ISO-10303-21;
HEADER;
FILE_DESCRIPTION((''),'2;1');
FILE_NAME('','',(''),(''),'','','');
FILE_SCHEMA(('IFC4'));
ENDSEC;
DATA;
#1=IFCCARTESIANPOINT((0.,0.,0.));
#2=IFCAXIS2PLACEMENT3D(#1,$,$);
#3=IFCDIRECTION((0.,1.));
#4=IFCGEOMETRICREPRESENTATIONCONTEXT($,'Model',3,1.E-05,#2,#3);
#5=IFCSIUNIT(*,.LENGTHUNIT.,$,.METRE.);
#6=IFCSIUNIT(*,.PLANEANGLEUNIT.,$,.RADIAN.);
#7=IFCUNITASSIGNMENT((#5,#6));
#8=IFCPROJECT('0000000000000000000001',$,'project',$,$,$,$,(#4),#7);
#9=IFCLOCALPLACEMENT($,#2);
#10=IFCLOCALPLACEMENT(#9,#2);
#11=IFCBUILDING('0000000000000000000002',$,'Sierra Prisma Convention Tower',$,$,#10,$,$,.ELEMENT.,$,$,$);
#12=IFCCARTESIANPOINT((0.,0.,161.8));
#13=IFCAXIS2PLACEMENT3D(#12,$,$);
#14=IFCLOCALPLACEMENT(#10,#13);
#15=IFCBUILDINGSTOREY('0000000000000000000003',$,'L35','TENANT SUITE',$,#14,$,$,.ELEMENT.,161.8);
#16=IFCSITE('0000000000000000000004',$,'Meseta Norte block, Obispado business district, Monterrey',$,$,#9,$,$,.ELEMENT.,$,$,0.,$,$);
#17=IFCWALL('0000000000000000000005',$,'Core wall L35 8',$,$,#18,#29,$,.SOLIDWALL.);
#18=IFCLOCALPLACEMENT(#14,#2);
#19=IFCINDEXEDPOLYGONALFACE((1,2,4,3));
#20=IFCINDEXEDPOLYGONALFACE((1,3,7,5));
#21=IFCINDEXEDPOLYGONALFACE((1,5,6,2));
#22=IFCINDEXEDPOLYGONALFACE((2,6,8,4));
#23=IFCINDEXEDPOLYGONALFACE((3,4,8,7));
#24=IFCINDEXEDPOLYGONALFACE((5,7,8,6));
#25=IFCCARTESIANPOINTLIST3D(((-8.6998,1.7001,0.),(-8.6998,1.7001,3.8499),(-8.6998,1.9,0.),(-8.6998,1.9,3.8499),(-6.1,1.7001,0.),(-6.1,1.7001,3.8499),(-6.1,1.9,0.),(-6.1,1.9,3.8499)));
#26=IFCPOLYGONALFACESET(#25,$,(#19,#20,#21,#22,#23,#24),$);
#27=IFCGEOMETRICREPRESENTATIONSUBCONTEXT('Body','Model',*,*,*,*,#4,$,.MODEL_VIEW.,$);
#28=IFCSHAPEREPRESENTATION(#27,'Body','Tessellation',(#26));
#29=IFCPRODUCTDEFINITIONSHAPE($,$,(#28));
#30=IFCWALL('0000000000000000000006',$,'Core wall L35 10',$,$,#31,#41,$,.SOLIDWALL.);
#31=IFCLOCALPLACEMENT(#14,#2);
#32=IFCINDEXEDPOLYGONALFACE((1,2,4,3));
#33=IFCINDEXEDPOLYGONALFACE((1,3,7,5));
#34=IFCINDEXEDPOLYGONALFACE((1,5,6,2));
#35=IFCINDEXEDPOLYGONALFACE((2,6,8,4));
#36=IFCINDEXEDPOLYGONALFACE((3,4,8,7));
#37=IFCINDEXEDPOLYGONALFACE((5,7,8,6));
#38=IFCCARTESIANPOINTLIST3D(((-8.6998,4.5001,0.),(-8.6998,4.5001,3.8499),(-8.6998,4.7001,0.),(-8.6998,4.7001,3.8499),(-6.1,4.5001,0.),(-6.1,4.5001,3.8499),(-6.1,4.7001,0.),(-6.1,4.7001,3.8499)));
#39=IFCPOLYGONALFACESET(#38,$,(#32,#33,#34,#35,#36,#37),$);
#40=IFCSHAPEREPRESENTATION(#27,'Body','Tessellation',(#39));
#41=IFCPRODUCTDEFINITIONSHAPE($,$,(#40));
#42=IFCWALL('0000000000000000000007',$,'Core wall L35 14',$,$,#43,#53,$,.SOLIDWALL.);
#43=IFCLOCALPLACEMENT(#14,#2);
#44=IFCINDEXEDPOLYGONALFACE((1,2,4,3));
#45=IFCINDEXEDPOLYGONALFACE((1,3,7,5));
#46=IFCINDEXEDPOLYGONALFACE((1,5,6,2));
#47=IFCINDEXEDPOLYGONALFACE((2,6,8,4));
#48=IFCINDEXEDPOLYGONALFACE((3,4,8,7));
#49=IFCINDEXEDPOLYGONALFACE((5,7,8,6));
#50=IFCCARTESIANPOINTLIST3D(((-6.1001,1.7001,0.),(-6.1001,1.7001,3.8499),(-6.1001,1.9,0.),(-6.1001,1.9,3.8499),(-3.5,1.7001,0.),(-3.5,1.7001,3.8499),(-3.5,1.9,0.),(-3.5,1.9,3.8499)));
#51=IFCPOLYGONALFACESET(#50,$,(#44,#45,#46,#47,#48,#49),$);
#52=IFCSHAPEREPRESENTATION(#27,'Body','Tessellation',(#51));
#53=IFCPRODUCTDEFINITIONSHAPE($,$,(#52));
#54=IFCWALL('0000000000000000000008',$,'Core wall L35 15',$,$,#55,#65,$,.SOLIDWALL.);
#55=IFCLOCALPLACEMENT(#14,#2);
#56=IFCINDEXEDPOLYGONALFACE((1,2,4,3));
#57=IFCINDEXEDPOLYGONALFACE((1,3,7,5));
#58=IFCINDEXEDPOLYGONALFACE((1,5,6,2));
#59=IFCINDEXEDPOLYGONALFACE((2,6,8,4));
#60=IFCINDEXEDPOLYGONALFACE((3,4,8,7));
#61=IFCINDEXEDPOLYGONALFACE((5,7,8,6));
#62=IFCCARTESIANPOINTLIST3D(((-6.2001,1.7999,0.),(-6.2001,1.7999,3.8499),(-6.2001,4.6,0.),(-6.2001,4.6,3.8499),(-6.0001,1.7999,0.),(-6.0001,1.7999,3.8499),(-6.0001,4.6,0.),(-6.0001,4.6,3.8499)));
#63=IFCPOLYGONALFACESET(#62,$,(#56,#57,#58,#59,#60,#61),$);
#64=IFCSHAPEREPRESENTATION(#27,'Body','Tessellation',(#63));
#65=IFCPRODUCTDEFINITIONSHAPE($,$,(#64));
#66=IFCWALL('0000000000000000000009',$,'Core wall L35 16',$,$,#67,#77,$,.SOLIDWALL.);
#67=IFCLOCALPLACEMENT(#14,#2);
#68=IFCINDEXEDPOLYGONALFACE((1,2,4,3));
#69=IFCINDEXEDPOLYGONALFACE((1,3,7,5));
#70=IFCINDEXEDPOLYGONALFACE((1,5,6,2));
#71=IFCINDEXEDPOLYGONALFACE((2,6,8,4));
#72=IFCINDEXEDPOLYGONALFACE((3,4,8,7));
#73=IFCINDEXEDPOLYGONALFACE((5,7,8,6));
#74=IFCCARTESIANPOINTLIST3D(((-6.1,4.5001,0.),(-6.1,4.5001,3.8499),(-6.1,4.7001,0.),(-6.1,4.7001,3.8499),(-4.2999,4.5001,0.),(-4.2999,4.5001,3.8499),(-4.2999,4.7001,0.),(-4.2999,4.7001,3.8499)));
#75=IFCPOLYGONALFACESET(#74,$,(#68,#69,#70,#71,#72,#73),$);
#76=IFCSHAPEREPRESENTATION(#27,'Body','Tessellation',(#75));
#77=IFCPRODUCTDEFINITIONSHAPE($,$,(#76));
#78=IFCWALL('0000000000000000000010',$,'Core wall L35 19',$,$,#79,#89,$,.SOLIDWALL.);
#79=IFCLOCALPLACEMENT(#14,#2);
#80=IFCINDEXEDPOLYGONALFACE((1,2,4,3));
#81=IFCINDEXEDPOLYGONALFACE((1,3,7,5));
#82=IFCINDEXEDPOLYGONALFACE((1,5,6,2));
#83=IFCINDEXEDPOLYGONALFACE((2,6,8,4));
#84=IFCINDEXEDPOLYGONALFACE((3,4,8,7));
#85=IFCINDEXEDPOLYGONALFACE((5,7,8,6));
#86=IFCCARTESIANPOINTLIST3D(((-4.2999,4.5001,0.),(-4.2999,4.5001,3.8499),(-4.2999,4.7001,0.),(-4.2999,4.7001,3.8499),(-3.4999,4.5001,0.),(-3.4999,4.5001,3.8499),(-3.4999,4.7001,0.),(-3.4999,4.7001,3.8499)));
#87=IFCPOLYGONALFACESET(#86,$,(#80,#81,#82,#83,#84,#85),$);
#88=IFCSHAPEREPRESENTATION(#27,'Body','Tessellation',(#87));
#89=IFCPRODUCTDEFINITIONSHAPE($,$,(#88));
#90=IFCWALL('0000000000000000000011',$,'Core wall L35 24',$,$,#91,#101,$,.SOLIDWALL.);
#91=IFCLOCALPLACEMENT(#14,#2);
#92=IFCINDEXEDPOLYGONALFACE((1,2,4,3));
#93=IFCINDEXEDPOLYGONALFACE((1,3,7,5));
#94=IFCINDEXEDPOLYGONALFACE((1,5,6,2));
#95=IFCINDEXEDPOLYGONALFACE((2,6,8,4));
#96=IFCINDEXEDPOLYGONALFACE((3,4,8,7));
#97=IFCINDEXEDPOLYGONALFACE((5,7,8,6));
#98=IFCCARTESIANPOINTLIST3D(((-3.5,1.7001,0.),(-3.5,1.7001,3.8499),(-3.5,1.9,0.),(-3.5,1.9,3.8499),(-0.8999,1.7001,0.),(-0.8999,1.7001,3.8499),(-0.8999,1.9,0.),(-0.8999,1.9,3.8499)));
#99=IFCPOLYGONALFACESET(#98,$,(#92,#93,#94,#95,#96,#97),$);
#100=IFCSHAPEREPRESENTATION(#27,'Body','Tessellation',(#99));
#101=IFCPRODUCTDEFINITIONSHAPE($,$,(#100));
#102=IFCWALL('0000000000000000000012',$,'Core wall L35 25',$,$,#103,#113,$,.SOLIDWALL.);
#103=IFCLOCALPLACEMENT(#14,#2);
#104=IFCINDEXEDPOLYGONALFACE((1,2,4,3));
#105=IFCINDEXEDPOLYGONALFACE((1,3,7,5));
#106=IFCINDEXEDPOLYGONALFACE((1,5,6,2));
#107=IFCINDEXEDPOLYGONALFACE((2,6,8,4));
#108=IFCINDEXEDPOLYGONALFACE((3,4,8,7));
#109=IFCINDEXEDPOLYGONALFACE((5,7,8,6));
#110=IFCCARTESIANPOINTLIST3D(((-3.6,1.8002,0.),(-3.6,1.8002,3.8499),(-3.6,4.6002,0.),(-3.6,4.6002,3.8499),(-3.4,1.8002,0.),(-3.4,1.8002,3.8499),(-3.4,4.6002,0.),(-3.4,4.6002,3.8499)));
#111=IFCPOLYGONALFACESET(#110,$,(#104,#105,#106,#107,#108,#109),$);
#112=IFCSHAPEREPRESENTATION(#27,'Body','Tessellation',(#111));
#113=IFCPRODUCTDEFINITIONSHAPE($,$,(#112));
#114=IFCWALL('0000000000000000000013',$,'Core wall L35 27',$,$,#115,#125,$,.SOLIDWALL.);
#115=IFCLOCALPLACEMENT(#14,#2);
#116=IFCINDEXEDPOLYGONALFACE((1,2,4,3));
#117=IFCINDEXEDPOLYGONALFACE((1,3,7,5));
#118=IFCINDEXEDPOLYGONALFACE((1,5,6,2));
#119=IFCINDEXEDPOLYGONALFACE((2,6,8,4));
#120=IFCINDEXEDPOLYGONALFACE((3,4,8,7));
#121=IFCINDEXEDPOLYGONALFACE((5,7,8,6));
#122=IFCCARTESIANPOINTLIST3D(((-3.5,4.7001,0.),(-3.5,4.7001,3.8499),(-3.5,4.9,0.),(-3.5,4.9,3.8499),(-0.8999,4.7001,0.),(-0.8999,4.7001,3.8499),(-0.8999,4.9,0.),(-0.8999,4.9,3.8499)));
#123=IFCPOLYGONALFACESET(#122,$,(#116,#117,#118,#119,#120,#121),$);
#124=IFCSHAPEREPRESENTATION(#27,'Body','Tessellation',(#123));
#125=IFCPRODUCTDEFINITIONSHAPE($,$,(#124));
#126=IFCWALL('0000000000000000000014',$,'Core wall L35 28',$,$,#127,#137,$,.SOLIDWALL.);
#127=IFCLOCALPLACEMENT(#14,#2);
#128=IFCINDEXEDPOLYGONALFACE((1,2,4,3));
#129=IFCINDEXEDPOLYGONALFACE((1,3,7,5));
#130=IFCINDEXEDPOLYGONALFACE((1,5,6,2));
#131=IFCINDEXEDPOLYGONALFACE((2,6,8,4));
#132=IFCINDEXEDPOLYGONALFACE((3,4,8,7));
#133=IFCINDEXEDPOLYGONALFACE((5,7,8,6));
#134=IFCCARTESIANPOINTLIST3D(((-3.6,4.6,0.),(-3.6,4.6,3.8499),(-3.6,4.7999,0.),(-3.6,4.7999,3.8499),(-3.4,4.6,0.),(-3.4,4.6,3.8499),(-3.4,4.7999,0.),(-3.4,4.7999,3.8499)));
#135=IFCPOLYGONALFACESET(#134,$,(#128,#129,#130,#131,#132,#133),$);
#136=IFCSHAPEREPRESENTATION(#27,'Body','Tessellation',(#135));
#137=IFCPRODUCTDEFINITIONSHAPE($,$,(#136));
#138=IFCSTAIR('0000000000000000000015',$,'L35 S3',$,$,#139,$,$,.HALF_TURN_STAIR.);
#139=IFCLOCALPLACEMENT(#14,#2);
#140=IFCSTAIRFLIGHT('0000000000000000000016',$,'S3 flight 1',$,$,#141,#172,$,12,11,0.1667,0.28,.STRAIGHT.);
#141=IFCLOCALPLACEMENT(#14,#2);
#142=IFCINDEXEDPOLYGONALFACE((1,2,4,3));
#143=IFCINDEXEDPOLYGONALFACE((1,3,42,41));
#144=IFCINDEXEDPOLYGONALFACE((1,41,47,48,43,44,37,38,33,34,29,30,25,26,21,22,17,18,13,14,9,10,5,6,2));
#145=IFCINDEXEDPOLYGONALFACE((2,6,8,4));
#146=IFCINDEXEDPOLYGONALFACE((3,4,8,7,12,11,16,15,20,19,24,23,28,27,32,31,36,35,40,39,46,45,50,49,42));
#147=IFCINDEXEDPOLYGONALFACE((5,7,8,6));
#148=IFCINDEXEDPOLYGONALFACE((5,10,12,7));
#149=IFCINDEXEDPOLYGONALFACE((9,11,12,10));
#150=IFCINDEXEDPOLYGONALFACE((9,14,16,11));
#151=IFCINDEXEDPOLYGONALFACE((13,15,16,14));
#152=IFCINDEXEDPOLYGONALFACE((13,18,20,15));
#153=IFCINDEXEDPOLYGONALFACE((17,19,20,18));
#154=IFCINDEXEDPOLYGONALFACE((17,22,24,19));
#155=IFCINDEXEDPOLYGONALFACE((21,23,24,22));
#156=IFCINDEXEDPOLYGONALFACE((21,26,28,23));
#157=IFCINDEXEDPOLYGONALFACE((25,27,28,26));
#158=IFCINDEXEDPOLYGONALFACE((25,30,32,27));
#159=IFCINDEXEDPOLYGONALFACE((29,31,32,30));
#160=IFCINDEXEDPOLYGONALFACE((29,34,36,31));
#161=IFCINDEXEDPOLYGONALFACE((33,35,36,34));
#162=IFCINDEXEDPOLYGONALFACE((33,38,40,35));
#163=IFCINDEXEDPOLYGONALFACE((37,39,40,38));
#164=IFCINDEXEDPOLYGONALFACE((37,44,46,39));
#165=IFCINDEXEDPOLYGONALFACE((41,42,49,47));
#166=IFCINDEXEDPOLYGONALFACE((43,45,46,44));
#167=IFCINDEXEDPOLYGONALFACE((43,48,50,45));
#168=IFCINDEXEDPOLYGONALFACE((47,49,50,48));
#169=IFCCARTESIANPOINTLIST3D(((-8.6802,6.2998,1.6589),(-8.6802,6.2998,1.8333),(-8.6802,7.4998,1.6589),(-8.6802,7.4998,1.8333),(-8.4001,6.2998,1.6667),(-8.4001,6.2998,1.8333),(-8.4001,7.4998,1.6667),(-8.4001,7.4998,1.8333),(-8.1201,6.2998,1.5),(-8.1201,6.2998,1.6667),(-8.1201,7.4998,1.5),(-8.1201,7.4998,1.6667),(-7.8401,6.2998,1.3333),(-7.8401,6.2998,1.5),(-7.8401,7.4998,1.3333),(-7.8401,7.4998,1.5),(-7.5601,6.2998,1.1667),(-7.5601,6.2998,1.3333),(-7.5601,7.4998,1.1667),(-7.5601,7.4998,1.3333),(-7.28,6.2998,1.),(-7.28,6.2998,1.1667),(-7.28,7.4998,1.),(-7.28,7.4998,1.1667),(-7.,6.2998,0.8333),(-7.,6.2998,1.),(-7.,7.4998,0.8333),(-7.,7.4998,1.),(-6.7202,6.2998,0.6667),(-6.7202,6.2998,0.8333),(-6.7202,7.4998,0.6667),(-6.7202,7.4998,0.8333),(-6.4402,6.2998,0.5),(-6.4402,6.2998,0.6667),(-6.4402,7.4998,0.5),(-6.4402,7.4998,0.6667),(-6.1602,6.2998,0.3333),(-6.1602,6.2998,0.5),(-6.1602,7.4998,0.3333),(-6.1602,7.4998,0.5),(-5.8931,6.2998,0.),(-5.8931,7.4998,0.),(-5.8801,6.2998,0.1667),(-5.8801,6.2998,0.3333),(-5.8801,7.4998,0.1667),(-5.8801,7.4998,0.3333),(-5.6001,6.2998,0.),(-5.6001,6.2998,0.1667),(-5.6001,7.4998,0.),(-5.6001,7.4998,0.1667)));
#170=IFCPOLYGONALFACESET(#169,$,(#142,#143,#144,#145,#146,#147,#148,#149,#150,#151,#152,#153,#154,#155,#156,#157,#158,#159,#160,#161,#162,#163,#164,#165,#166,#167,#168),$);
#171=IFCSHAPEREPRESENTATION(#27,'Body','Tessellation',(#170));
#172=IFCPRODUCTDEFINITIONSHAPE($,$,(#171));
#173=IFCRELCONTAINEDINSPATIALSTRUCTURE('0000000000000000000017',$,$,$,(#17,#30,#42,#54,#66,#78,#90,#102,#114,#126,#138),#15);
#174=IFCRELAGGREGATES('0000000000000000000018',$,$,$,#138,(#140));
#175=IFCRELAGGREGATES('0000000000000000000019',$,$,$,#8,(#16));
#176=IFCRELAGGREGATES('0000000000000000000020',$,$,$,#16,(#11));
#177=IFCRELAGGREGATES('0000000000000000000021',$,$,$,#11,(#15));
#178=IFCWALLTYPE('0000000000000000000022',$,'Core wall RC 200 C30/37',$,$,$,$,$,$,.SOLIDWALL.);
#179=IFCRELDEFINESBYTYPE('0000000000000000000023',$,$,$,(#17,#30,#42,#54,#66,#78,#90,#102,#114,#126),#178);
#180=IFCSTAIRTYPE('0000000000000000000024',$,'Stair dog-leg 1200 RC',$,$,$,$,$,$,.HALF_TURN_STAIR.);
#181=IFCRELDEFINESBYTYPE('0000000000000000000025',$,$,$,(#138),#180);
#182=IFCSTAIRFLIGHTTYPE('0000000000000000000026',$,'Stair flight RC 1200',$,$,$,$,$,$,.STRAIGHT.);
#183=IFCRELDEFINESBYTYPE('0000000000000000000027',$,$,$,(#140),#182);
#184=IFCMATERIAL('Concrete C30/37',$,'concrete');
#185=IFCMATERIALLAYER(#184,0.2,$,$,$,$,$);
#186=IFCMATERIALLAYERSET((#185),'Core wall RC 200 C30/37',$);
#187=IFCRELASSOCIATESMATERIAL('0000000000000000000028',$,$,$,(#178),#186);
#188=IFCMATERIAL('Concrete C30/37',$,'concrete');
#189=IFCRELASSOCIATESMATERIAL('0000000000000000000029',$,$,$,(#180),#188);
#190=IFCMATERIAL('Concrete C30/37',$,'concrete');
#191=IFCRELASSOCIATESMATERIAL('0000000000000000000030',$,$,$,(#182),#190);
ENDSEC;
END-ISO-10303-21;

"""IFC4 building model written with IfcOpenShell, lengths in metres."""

from ifc_helpers import new_model, si_unit, direction, frame, frame_2d, origin, place, context, subcontext, project, spatial, polyline, rectangle, outline, extrude, material, layer, layer_set, type_object, element, aggregate, save


model = new_model("IFC4")

# Units and contexts
model_context = context("Model", 3, precision=1e-05, world=origin(), true_north=direction((0.0, 1.0)))
body_context = subcontext(model_context, "Body", "Model", "MODEL_VIEW")
ifc_project = project(units=[si_unit("LENGTHUNIT", "METRE"), si_unit("PLANEANGLEUNIT", "RADIAN")], contexts=[model_context])

# Site, building, storey
site_placement = place(None, origin())
site = spatial("IfcSite", under=ifc_project, at=site_placement, Name="Meseta Norte block, Obispado business district, Monterrey", CompositionType="ELEMENT", RefElevation=0.0)
building_placement = place(site_placement, origin())
building = spatial("IfcBuilding", under=site, at=building_placement, Name="Sierra Prisma Convention Tower", CompositionType="ELEMENT")
storey_placement = place(building_placement, frame((0.0, 0.0, 161.8)))
storey = spatial("IfcBuildingStorey", under=building, at=storey_placement, Name="L35", Description="TENANT SUITE", CompositionType="ELEMENT", Elevation=161.8)

# Walls
ifc_material_1 = material(Name="Concrete C30/37", Category="concrete")
ifc_layer_1 = layer(ifc_material_1, 0.2)
ifc_layer_set_1 = layer_set([ifc_layer_1], Name="Core wall RC 200 C30/37")
wall_type = type_object("IfcWallType", Name="Core wall RC 200 C30/37", PredefinedType="SOLIDWALL", material=ifc_layer_set_1)
for number, where, z_axis, x_axis, name in (
    (1, (-6.1001, 1.8, 0.0), (0.0, 0.0, 1.0), (-1.0, 0.0, 0.0), "Core wall L35 8"),
    (2, (-6.1001, 4.6001, 0.0), (0.0, 0.0, 1.0), (-1.0, 0.0, 0.0), "Core wall L35 10"),
):
    element("IfcWall", number, at=place(storey_placement, frame(where, z_axis=z_axis, x_axis=x_axis)), inside=storey, type_object=wall_type, Name=name, PredefinedType="SOLIDWALL", context=body_context, shape_type="SweptSolid", body=[
        extrude(rectangle(XDim=2.5999, YDim=0.2, at=frame_2d((1.2998, 0.0))), origin(), (0.0, 0.0, 1.0), 3.8499),
    ])
wall_1_placement = place(storey_placement, frame((-3.5, 1.8, 0.0), z_axis=(0.0, 0.0, 1.0), x_axis=(-1.0, 0.0, 0.0)))
element("IfcWall", 3, at=wall_1_placement, inside=storey, type_object=wall_type, Name="Core wall L35 14", PredefinedType="SOLIDWALL", context=body_context, shape_type="SweptSolid", body=[
    extrude(rectangle(XDim=2.6001, YDim=0.2, at=frame_2d((1.3, 0.0))), origin(), (0.0, 0.0, 1.0), 3.8499),
])
wall_2_placement = place(storey_placement, frame((-6.1001, 1.8, 0.0), z_axis=(0.0, 0.0, 1.0), x_axis=(0.0, 1.0, 0.0)))
element("IfcWall", 4, at=wall_2_placement, inside=storey, type_object=wall_type, Name="Core wall L35 15", PredefinedType="SOLIDWALL", context=body_context, shape_type="SweptSolid", body=[
    extrude(rectangle(XDim=2.8, YDim=0.2, at=frame_2d((1.3999, 0.0))), origin(), (0.0, 0.0, 1.0), 3.8499),
])
wall_3_placement = place(storey_placement, frame((-4.3, 4.6001, 0.0), z_axis=(0.0, 0.0, 1.0), x_axis=(-1.0, 0.0, 0.0)))
element("IfcWall", 5, at=wall_3_placement, inside=storey, type_object=wall_type, Name="Core wall L35 16", PredefinedType="SOLIDWALL", context=body_context, shape_type="SweptSolid", body=[
    extrude(rectangle(XDim=1.8, YDim=0.2, at=frame_2d((0.8999, 0.0))), origin(), (0.0, 0.0, 1.0), 3.8499),
])
wall_4_placement = place(storey_placement, frame((-3.5, 4.6001, 0.0), z_axis=(0.0, 0.0, 1.0), x_axis=(-1.0, 0.0, 0.0)))
element("IfcWall", 6, at=wall_4_placement, inside=storey, type_object=wall_type, Name="Core wall L35 19", PredefinedType="SOLIDWALL", context=body_context, shape_type="SweptSolid", body=[
    extrude(rectangle(XDim=0.8, YDim=0.2, at=frame_2d((0.3999, 0.0))), origin(), (0.0, 0.0, 1.0), 3.8499),
])

# Walls
wall_5_placement = place(storey_placement, frame((-0.8999, 1.8, 0.0), z_axis=(0.0, 0.0, 1.0), x_axis=(-1.0, 0.0, 0.0)))
element("IfcWall", 7, at=wall_5_placement, inside=storey, type_object=wall_type, Name="Core wall L35 24", PredefinedType="SOLIDWALL", context=body_context, shape_type="SweptSolid", body=[
    extrude(rectangle(XDim=2.6001, YDim=0.2, at=frame_2d((1.3, 0.0))), origin(), (0.0, 0.0, 1.0), 3.8499),
])
wall_6_placement = place(storey_placement, frame((-3.5, 4.6001, 0.0), z_axis=(0.0, 0.0, 1.0), x_axis=(0.0, -1.0, 0.0)))
element("IfcWall", 8, at=wall_6_placement, inside=storey, type_object=wall_type, Name="Core wall L35 25", PredefinedType="SOLIDWALL", context=body_context, shape_type="SweptSolid", body=[
    extrude(rectangle(XDim=2.8, YDim=0.2, at=frame_2d((1.3999, 0.0))), origin(), (0.0, 0.0, 1.0), 3.8499),
])

# Walls
wall_7_placement = place(storey_placement, frame((-0.8999, 4.8, 0.0), z_axis=(0.0, 0.0, 1.0), x_axis=(-1.0, 0.0, 0.0)))
element("IfcWall", 9, at=wall_7_placement, inside=storey, type_object=wall_type, Name="Core wall L35 27", PredefinedType="SOLIDWALL", context=body_context, shape_type="SweptSolid", body=[
    extrude(rectangle(XDim=2.6001, YDim=0.2, at=frame_2d((1.3, 0.0))), origin(), (0.0, 0.0, 1.0), 3.8499),
])
wall_8_placement = place(storey_placement, frame((-3.5, 4.8, 0.0), z_axis=(0.0, 0.0, 1.0), x_axis=(0.0, -1.0, 0.0)))
element("IfcWall", 10, at=wall_8_placement, inside=storey, type_object=wall_type, Name="Core wall L35 28", PredefinedType="SOLIDWALL", context=body_context, shape_type="SweptSolid", body=[
    extrude(rectangle(XDim=0.2, YDim=0.2, at=frame_2d((0.1001, 0.0))), origin(), (0.0, 0.0, 1.0), 3.8499),
])

# Stair, stair flight
ifc_material_2 = material(Name="Concrete C30/37", Category="concrete")
stair_type = type_object("IfcStairType", Name="Stair dog-leg 1200 RC", PredefinedType="HALF_TURN_STAIR", material=ifc_material_2)
stair_placement = place(storey_placement, origin())
stair = element("IfcStair", 11, at=stair_placement, inside=storey, type_object=stair_type, Name="L35 S3", PredefinedType="HALF_TURN_STAIR")
ifc_material_3 = material(Name="Concrete C30/37", Category="concrete")
stair_flight_type = type_object("IfcStairFlightType", Name="Stair flight RC 1200", PredefinedType="STRAIGHT", material=ifc_material_3)
stair_flight_placement = place(storey_placement, frame((-5.6001, 6.8999, 0.0), z_axis=(0.0, 0.0, 1.0), x_axis=(-1.0, 0.0, 0.0)))
stair_flight = element("IfcStairFlight", 12, at=stair_flight_placement, type_object=stair_flight_type, Name="S3 flight 1", NumberOfRisers=12, NumberOfTreads=11, PredefinedType="STRAIGHT", RiserHeight=0.1667, TreadLength=0.28, context=body_context, shape_type="SweptSolid", body=[
    extrude(outline(polyline([(0.0, 0.0), (0.0, 0.1667), (0.28, 0.1667), (0.28, 0.3333), (0.5601, 0.3333), (0.5601, 0.5), (0.8401, 0.5), (0.8401, 0.6667), (1.1201, 0.6667), (1.1201, 0.8333), (1.3999, 0.8333), (1.3999, 1.0), (1.6799, 1.0), (1.6799, 1.1667), (1.96, 1.1667), (1.96, 1.3333), (2.24, 1.3333), (2.24, 1.5), (2.52, 1.5), (2.52, 1.6667), (2.8, 1.6667), (2.8, 1.8333), (3.0801, 1.8333), (3.0801, 2.0), (3.0801, 1.6589), (0.293, 0.0), (0.0, 0.0)])), frame((0.0, 0.6001, 0.0), z_axis=(0.0, -1.0, 0.0), x_axis=(1.0, 0.0, 0.0)), (0.0, 0.0, 1.0), 1.2),
])
aggregate(stair, [stair_flight])

save(model, "model.ifc")
